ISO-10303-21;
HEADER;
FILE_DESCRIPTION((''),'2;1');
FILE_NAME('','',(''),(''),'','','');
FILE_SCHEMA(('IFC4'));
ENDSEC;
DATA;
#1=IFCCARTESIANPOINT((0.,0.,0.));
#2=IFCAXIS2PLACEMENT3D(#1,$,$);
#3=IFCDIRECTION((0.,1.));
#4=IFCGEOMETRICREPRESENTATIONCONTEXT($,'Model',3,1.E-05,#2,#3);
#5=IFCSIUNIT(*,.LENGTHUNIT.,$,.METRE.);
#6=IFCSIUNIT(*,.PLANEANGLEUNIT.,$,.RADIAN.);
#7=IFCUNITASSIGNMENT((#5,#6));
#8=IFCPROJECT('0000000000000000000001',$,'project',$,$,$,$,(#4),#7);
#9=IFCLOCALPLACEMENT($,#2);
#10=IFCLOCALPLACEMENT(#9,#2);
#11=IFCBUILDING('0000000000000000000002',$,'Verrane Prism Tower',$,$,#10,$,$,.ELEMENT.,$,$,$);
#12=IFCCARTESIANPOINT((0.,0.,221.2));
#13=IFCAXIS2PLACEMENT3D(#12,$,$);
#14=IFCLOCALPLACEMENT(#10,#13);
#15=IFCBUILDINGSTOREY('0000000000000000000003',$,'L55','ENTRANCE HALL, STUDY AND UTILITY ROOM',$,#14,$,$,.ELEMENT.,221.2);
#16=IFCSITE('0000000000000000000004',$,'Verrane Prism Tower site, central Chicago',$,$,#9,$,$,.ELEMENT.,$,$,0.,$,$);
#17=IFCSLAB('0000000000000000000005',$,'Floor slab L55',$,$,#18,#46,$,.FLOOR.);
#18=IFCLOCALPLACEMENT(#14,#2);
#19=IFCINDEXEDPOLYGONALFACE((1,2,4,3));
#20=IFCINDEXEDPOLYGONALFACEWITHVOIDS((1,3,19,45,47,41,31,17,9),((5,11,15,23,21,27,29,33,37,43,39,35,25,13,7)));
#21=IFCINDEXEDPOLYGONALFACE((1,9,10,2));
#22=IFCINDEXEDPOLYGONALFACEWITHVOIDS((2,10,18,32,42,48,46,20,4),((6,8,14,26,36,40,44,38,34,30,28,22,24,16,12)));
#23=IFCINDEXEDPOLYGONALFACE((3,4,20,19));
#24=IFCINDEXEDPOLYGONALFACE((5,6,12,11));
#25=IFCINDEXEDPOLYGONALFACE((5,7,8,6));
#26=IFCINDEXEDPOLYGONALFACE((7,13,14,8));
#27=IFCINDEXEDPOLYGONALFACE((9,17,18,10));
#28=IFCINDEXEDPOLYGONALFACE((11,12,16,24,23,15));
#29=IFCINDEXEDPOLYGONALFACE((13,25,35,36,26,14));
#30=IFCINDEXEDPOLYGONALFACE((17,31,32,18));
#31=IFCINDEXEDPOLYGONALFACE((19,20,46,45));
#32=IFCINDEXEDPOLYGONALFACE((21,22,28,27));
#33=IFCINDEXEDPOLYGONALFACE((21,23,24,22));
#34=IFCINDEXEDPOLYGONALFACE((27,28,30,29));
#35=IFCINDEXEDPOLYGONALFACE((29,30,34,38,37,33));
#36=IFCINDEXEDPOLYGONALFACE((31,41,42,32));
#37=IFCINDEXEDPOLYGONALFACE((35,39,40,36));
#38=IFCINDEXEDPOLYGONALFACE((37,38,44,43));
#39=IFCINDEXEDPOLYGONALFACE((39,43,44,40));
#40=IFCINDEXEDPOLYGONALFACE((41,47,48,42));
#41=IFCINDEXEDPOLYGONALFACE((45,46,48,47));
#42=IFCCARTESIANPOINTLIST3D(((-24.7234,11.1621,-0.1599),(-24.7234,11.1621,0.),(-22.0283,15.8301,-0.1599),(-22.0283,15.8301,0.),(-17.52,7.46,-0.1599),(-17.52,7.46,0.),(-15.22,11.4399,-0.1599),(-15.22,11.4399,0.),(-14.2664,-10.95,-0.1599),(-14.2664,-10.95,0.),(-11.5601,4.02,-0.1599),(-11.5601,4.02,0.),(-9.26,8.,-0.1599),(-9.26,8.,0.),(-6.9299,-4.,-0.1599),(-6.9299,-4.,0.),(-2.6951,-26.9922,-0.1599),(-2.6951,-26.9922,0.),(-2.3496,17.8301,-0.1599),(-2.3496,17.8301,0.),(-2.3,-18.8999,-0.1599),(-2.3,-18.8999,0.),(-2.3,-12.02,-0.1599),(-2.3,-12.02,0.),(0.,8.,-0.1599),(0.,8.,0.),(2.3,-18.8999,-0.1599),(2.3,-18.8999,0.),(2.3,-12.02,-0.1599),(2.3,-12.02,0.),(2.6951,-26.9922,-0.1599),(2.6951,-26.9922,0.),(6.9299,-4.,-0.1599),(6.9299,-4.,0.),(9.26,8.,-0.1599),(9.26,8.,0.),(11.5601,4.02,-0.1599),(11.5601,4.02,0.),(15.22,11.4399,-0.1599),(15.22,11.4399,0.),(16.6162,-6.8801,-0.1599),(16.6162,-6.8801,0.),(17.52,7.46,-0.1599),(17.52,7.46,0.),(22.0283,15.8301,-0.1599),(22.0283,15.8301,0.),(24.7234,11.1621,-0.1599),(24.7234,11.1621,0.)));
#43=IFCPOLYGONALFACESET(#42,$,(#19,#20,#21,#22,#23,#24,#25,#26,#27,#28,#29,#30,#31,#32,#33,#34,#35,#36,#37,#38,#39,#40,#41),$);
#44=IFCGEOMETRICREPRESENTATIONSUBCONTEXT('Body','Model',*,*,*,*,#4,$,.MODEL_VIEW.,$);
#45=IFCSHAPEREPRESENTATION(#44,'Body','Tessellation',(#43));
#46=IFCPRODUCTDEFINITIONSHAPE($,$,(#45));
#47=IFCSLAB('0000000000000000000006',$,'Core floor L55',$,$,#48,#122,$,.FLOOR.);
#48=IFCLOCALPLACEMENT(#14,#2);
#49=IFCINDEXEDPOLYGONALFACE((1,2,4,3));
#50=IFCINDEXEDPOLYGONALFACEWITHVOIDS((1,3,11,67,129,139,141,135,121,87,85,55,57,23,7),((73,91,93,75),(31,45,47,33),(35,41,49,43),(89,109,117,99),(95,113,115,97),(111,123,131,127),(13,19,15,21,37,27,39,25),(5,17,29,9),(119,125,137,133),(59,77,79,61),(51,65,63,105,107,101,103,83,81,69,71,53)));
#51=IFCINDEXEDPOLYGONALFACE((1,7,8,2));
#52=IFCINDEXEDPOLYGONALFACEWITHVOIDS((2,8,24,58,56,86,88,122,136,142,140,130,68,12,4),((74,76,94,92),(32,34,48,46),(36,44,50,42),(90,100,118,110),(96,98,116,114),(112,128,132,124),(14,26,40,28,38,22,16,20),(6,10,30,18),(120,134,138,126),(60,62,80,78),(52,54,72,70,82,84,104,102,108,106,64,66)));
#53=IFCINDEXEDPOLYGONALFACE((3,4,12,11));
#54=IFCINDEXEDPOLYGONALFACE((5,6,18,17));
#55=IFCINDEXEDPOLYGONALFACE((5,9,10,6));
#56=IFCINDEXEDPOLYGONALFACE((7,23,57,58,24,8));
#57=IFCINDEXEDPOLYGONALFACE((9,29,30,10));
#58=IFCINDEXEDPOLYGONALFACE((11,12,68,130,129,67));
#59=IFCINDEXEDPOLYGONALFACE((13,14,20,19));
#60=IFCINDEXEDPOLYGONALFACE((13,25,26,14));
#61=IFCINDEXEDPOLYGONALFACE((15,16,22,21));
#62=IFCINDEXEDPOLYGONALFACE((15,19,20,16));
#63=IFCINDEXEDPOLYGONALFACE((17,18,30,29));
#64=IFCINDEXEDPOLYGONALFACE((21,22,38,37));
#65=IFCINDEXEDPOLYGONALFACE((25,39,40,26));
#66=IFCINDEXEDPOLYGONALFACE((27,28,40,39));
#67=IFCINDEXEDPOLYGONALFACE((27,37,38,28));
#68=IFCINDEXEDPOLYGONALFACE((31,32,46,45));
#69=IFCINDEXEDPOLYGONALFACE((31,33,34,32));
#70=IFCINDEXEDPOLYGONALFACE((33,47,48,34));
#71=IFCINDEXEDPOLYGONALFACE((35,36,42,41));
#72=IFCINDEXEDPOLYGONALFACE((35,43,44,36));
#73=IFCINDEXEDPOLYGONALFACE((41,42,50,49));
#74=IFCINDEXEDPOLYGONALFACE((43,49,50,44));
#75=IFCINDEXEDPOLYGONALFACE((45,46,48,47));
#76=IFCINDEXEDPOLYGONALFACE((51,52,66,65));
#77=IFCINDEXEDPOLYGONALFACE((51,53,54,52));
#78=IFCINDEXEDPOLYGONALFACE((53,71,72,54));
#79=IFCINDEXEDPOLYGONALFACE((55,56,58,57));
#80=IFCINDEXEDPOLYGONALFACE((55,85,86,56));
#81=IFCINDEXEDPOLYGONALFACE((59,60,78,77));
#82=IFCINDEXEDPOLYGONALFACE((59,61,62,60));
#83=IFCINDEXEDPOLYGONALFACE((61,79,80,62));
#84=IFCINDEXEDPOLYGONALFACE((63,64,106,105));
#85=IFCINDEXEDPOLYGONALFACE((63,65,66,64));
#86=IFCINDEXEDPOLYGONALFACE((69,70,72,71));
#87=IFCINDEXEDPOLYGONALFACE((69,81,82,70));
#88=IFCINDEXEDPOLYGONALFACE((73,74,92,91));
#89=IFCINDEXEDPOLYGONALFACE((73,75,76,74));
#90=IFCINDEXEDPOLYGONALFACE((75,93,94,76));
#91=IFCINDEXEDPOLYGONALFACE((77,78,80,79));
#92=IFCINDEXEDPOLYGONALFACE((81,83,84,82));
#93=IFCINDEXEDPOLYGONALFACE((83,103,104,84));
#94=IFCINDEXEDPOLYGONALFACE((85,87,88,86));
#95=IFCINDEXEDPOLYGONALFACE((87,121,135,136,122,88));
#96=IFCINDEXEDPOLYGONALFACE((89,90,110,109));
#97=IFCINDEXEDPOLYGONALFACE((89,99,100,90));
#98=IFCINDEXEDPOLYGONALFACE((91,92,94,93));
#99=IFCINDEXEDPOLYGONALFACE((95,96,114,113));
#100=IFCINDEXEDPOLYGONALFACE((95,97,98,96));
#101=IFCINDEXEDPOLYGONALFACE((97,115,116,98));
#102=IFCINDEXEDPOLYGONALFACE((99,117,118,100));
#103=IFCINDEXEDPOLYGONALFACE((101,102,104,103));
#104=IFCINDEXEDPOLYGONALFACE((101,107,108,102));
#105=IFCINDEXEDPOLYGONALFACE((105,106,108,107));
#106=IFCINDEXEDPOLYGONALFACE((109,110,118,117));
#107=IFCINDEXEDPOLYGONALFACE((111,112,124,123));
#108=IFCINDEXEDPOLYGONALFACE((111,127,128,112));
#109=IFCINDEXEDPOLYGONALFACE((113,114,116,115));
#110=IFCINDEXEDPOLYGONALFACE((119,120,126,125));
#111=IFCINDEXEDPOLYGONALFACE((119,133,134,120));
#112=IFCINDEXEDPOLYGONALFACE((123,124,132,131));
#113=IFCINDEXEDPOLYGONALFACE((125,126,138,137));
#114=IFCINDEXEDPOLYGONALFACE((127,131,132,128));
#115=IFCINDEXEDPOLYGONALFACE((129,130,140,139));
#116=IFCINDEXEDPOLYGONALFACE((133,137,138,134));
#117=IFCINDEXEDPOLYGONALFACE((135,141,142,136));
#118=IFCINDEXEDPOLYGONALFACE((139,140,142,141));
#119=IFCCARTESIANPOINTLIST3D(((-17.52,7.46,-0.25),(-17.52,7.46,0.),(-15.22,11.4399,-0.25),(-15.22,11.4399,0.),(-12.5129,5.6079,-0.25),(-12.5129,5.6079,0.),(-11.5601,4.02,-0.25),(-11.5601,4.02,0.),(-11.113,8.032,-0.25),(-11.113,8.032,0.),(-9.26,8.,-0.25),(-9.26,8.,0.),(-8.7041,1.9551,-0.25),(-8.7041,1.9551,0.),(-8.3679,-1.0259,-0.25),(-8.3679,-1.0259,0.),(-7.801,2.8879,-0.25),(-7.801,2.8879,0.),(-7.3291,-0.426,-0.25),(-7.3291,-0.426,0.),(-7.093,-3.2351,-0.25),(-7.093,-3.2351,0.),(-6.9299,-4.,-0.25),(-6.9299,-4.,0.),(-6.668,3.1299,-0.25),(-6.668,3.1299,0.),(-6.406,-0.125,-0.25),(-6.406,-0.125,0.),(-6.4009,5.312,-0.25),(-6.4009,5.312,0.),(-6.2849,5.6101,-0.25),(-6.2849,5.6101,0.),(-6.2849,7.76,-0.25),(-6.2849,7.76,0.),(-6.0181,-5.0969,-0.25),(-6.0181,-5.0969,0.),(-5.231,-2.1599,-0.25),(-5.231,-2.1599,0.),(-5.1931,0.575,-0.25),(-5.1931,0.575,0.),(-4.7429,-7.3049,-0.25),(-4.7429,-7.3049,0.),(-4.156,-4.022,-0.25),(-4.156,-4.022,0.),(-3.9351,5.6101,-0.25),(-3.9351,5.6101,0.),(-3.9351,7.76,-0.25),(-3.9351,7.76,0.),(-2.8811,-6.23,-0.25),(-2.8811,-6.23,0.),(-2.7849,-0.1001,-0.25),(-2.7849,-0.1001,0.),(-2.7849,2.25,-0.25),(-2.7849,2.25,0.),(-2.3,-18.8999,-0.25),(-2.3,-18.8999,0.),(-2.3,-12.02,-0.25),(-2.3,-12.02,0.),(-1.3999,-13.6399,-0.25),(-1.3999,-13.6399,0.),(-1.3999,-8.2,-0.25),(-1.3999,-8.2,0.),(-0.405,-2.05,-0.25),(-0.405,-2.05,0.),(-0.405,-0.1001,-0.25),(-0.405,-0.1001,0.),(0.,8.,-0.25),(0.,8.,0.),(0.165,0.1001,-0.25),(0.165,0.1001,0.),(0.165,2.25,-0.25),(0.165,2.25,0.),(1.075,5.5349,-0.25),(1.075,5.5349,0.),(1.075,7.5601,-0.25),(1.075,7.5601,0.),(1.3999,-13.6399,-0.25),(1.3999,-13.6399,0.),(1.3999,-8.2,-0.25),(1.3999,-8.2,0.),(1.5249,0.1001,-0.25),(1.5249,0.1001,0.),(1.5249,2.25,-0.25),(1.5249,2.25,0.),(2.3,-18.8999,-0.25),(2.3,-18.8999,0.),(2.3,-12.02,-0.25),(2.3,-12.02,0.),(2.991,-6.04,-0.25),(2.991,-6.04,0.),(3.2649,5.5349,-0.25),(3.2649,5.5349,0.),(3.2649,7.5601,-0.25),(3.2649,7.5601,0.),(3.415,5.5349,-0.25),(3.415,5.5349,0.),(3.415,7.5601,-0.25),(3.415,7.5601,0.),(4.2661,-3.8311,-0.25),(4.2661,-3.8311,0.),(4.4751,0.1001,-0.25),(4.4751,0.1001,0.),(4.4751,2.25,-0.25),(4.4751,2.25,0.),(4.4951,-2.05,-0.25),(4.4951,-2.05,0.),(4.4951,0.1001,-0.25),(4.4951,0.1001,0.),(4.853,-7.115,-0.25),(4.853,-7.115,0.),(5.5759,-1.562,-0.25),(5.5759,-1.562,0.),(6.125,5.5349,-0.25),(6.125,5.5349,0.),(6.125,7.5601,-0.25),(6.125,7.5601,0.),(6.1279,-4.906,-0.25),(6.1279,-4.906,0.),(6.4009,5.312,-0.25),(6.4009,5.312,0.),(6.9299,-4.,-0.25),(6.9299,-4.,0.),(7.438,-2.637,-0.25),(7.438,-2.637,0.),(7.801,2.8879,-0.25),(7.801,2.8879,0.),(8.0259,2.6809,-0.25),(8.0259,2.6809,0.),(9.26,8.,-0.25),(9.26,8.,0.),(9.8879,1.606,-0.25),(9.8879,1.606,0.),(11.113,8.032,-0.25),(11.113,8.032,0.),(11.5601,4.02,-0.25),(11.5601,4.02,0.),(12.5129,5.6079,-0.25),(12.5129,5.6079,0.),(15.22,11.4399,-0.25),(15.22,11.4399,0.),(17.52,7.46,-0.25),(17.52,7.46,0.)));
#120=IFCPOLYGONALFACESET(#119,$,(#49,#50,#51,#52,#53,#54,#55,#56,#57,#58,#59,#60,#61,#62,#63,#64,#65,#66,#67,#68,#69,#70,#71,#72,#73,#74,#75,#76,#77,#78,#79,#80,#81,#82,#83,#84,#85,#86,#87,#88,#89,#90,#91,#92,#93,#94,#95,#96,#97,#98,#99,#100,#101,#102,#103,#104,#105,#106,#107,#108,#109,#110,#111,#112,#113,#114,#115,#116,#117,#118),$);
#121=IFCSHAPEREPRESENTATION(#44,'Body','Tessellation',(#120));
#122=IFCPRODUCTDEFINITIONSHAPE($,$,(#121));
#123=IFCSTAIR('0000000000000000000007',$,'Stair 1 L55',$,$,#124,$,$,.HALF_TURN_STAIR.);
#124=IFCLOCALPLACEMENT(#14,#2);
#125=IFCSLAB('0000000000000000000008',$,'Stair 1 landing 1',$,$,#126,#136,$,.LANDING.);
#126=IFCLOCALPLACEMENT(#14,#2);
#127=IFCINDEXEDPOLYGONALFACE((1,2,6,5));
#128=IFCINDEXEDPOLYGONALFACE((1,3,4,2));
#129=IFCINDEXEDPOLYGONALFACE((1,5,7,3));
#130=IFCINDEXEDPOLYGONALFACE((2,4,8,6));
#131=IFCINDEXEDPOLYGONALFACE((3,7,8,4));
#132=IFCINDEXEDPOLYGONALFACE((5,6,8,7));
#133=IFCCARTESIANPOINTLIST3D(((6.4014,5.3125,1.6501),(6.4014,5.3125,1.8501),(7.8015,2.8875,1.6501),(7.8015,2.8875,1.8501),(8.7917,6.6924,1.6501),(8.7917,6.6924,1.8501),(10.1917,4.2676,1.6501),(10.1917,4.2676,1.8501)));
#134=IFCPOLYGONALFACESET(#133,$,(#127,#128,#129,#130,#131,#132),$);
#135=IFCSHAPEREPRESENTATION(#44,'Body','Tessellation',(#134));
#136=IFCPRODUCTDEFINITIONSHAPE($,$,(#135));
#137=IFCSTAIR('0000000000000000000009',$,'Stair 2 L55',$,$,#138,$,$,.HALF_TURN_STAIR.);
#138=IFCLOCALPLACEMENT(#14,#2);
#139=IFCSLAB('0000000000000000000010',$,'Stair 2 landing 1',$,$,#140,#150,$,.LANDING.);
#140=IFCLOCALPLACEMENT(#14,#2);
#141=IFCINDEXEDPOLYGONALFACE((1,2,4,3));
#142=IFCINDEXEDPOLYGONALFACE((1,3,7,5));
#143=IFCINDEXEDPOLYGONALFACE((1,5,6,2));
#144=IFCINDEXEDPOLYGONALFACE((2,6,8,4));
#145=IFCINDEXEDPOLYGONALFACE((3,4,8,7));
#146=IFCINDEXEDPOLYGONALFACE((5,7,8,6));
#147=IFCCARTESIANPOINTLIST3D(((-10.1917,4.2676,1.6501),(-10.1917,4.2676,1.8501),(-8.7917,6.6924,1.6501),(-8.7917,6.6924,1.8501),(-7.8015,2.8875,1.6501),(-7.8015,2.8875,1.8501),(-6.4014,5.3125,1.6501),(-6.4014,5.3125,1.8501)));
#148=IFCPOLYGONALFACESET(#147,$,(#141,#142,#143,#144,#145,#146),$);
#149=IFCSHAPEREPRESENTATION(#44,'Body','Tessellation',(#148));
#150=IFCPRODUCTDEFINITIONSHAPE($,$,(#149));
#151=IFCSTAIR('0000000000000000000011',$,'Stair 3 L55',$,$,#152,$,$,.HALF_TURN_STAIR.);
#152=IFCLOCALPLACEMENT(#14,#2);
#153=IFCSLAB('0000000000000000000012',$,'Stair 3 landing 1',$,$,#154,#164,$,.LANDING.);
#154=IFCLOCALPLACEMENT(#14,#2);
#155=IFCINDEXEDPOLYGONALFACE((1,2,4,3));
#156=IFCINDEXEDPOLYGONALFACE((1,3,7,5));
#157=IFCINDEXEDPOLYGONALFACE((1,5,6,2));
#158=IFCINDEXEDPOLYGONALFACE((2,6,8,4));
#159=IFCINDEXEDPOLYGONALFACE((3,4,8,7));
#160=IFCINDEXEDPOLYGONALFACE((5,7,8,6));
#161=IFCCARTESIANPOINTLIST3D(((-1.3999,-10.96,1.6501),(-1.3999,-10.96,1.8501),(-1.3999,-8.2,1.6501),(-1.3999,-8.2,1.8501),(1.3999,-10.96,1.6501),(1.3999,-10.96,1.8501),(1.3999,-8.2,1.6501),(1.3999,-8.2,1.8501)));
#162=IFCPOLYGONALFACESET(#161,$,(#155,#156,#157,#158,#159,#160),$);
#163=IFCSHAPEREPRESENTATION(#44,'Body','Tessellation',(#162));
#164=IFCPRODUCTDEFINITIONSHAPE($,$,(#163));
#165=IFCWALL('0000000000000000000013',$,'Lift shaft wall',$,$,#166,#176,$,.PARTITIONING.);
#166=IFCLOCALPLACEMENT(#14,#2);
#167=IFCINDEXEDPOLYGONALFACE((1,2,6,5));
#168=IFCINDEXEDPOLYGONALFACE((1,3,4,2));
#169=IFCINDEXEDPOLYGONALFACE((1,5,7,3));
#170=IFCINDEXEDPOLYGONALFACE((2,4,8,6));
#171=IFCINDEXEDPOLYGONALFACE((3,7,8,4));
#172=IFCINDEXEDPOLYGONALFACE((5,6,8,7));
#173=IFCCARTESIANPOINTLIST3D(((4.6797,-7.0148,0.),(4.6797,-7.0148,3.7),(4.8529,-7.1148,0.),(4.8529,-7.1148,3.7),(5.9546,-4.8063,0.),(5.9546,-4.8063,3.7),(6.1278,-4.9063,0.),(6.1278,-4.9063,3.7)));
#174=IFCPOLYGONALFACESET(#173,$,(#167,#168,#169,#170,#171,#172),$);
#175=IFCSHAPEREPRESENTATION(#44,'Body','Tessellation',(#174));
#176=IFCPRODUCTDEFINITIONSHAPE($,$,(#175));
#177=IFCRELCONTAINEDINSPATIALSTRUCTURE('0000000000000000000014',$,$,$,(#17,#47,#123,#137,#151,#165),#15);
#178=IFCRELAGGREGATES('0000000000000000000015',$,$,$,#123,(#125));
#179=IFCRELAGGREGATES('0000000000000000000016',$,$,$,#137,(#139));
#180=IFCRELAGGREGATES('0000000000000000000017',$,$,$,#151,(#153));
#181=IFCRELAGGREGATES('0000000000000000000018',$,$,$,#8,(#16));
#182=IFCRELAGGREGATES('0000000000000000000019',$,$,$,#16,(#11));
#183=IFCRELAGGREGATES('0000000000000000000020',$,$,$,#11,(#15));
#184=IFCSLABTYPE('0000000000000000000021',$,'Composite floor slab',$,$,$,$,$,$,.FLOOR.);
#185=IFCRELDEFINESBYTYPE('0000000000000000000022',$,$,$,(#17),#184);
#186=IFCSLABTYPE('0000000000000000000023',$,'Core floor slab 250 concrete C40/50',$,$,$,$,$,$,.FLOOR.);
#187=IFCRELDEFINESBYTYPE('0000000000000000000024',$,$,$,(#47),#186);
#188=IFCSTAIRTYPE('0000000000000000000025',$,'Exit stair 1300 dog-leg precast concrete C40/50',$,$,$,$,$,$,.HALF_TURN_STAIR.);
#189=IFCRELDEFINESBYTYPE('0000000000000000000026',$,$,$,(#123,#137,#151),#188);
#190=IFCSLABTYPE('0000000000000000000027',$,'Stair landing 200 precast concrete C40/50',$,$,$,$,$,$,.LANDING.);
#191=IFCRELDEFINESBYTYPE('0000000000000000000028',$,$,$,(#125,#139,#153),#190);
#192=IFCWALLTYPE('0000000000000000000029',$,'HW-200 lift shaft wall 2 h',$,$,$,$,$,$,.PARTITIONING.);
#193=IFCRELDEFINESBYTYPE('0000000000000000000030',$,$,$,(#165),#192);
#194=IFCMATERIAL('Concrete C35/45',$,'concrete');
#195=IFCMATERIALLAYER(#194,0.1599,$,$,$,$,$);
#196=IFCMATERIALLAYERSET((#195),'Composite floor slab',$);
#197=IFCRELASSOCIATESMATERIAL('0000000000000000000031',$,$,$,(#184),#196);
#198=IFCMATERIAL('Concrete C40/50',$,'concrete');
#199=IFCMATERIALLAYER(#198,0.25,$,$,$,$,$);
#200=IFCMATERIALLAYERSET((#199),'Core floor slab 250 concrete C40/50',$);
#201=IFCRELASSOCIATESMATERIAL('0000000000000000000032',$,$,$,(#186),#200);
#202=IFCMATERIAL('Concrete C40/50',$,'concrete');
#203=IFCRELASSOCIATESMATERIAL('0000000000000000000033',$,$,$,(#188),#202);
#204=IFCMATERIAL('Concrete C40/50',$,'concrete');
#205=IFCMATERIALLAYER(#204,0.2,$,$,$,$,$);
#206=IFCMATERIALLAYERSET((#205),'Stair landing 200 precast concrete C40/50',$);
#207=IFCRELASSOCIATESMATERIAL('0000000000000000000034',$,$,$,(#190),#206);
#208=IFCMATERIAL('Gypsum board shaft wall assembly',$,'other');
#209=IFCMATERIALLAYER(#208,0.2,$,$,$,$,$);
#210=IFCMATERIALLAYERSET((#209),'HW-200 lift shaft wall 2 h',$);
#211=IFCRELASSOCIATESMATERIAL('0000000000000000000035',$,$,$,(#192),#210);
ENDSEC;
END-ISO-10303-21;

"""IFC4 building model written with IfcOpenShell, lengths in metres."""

from ifc_helpers import new_model, si_unit, direction, frame, frame_2d, origin, place, context, subcontext, project, spatial, polyline, rectangle, outline, extrude, material, layer, layer_set, type_object, element, aggregate, save


model = new_model("IFC4")

# Units and contexts
model_context = context("Model", 3, precision=1e-05, world=origin(), true_north=direction((0.0, 1.0)))
body_context = subcontext(model_context, "Body", "Model", "MODEL_VIEW")
ifc_project = project(units=[si_unit("LENGTHUNIT", "METRE"), si_unit("PLANEANGLEUNIT", "RADIAN")], contexts=[model_context])

# Site, building, storey
site_placement = place(None, origin())
site = spatial("IfcSite", under=ifc_project, at=site_placement, Name="Verrane Prism Tower site, central Chicago", CompositionType="ELEMENT", RefElevation=0.0)
building_placement = place(site_placement, origin())
building = spatial("IfcBuilding", under=site, at=building_placement, Name="Verrane Prism Tower", CompositionType="ELEMENT")
storey_placement = place(building_placement, frame((0.0, 0.0, 221.2)))
storey = spatial("IfcBuildingStorey", under=building, at=storey_placement, Name="L55", Description="ENTRANCE HALL, STUDY AND UTILITY ROOM", CompositionType="ELEMENT", Elevation=221.2)

# Slabs
ifc_material_1 = material(Name="Concrete C35/45", Category="concrete")
ifc_layer_1 = layer(ifc_material_1, 0.1599)
ifc_layer_set_1 = layer_set([ifc_layer_1], Name="Composite floor slab")
slab_type_1 = type_object("IfcSlabType", Name="Composite floor slab", PredefinedType="FLOOR", material=ifc_layer_set_1)
slab_1_placement = place(storey_placement, frame((0.0, 0.0, -0.1599)))
element("IfcSlab", 1, at=slab_1_placement, inside=storey, type_object=slab_type_1, Name="Floor slab L55", PredefinedType="FLOOR", context=body_context, shape_type="SweptSolid", body=[
    extrude(outline(polyline([(16.6162, -6.8801), (2.6951, -26.9922), (-2.6951, -26.9922), (-14.2664, -10.95), (-24.7234, 11.1621), (-22.0283, 15.8301), (-2.3496, 17.8301), (22.0283, 15.8301), (24.7234, 11.1621), (16.6162, -6.8801)]), holes=[polyline([(17.52, 7.46), (15.22, 11.4399), (9.26, 8.0), (0.0, 8.0), (-9.26, 8.0), (-15.22, 11.4399), (-17.52, 7.46), (-11.5601, 4.02), (-6.9299, -4.0), (-2.3, -12.02), (-2.3, -18.8999), (2.3, -18.8999), (2.3, -12.02), (6.9299, -4.0), (11.5601, 4.02), (17.52, 7.46)])]), origin(), (0.0, 0.0, 1.0), 0.1599),
])
ifc_material_2 = material(Name="Concrete C40/50", Category="concrete")
ifc_layer_2 = layer(ifc_material_2, 0.25)
ifc_layer_set_2 = layer_set([ifc_layer_2], Name="Core floor slab 250 concrete C40/50")
slab_type_2 = type_object("IfcSlabType", Name="Core floor slab 250 concrete C40/50", PredefinedType="FLOOR", material=ifc_layer_set_2)
slab_2_placement = place(storey_placement, frame((0.0, 0.0, -0.25)))
element("IfcSlab", 2, at=slab_2_placement, inside=storey, type_object=slab_type_2, Name="Core floor L55", PredefinedType="FLOOR", context=body_context, shape_type="SweptSolid", body=[
    extrude(outline(polyline([(11.5601, 4.02), (17.52, 7.46), (15.22, 11.4399), (9.26, 8.0), (0.0, 8.0), (-9.26, 8.0), (-15.22, 11.4399), (-17.52, 7.46), (-11.5601, 4.02), (-6.9299, -4.0), (-2.3, -12.02), (-2.3, -18.8999), (2.3, -18.8999), (2.3, -12.02), (6.9299, -4.0), (11.5601, 4.02)]), holes=[polyline([(1.3999, -8.2), (1.3999, -13.6399), (-1.3999, -13.6399), (-1.3999, -8.2), (1.3999, -8.2)]), polyline([(-2.8811, -6.23), (-4.7429, -7.3049), (-6.0181, -5.0969), (-4.156, -4.022), (-2.8811, -6.23)]), polyline([(-7.801, 2.8879), (-12.5129, 5.6079), (-11.113, 8.032), (-6.4009, 5.312), (-7.801, 2.8879)]), polyline([(-6.2849, 5.6101), (-6.2849, 7.76), (-3.9351, 7.76), (-3.9351, 5.6101), (-6.2849, 5.6101)]), polyline([(4.2661, -3.8311), (6.1279, -4.906), (4.853, -7.115), (2.991, -6.04), (4.2661, -3.8311)]), polyline([(7.438, -2.637), (5.5759, -1.562), (8.0259, 2.6809), (9.8879, 1.606), (7.438, -2.637)]), polyline([(0.165, 0.1001), (1.5249, 0.1001), (1.5249, 2.25), (4.4751, 2.25), (4.4751, 0.1001), (4.4951, 0.1001), (4.4951, -2.05), (-0.405, -2.05), (-0.405, -0.1001), (-2.7849, -0.1001), (-2.7849, 2.25), (0.165, 2.25), (0.165, 0.1001)]), polyline([(6.4009, 5.312), (11.113, 8.032), (12.5129, 5.6079), (7.801, 2.8879), (6.4009, 5.312)]), polyline([(1.075, 5.5349), (1.075, 7.5601), (3.2649, 7.5601), (3.2649, 5.5349), (1.075, 5.5349)]), polyline([(3.415, 7.5601), (6.125, 7.5601), (6.125, 5.5349), (3.415, 5.5349), (3.415, 7.5601)]), polyline([(-5.231, -2.1599), (-7.093, -3.2351), (-8.3679, -1.0259), (-7.3291, -0.426), (-8.7041, 1.9551), (-6.668, 3.1299), (-5.1931, 0.575), (-6.406, -0.125), (-5.231, -2.1599)])]), origin(), (0.0, 0.0, 1.0), 0.25),
])

# Stairs, slabs
ifc_material_3 = material(Name="Concrete C40/50", Category="concrete")
stair_type = type_object("IfcStairType", Name="Exit stair 1300 dog-leg precast concrete C40/50", PredefinedType="HALF_TURN_STAIR", material=ifc_material_3)
stair_1_placement = place(storey_placement, origin())
stair_1 = element("IfcStair", 3, at=stair_1_placement, inside=storey, type_object=stair_type, Name="Stair 1 L55", PredefinedType="HALF_TURN_STAIR")
ifc_material_4 = material(Name="Concrete C40/50", Category="concrete")
ifc_layer_3 = layer(ifc_material_4, 0.2)
ifc_layer_set_3 = layer_set([ifc_layer_3], Name="Stair landing 200 precast concrete C40/50")
slab_type_3 = type_object("IfcSlabType", Name="Stair landing 200 precast concrete C40/50", PredefinedType="LANDING", material=ifc_layer_set_3)
slab_3_placement = place(storey_placement, frame((0.0, 0.0, 1.6501)))
slab_3 = element("IfcSlab", 4, at=slab_3_placement, type_object=slab_type_3, Name="Stair 1 landing 1", PredefinedType="LANDING", context=body_context, shape_type="SweptSolid", body=[
    extrude(outline(polyline([(8.7917, 6.6924), (6.4014, 5.3125), (7.8015, 2.8875), (10.1917, 4.2676), (8.7917, 6.6924)])), origin(), (0.0, 0.0, 1.0), 0.2),
])
aggregate(stair_1, [slab_3])
stair_2_placement = place(storey_placement, origin())
stair_2 = element("IfcStair", 5, at=stair_2_placement, inside=storey, type_object=stair_type, Name="Stair 2 L55", PredefinedType="HALF_TURN_STAIR")
slab_4_placement = place(storey_placement, frame((0.0, 0.0, 1.6501)))
slab_4 = element("IfcSlab", 6, at=slab_4_placement, type_object=slab_type_3, Name="Stair 2 landing 1", PredefinedType="LANDING", context=body_context, shape_type="SweptSolid", body=[
    extrude(outline(polyline([(-10.1917, 4.2676), (-7.8015, 2.8875), (-6.4014, 5.3125), (-8.7917, 6.6924), (-10.1917, 4.2676)])), origin(), (0.0, 0.0, 1.0), 0.2),
])
aggregate(stair_2, [slab_4])
stair_3_placement = place(storey_placement, origin())
stair_3 = element("IfcStair", 7, at=stair_3_placement, inside=storey, type_object=stair_type, Name="Stair 3 L55", PredefinedType="HALF_TURN_STAIR")
slab_5_placement = place(storey_placement, frame((0.0, 0.0, 1.6501)))
slab_5 = element("IfcSlab", 8, at=slab_5_placement, type_object=slab_type_3, Name="Stair 3 landing 1", PredefinedType="LANDING", context=body_context, shape_type="SweptSolid", body=[
    extrude(outline(polyline([(1.3999, -10.96), (1.3999, -8.2), (-1.3999, -8.2), (-1.3999, -10.96), (1.3999, -10.96)])), origin(), (0.0, 0.0, 1.0), 0.2),
])
aggregate(stair_3, [slab_5])

# Wall
ifc_material_5 = material(Name="Gypsum board shaft wall assembly", Category="other")
ifc_layer_4 = layer(ifc_material_5, 0.2)
ifc_layer_set_4 = layer_set([ifc_layer_4], Name="HW-200 lift shaft wall 2 h")
wall_type = type_object("IfcWallType", Name="HW-200 lift shaft wall 2 h", PredefinedType="PARTITIONING", material=ifc_layer_set_4)
wall_1_placement = place(storey_placement, frame((4.7664, -7.0647, 0.0), z_axis=(0.0, 0.0, 1.0), x_axis=(0.499949, 0.866055, 0.0)))
element("IfcWall", 9, at=wall_1_placement, inside=storey, type_object=wall_type, Name="Lift shaft wall", PredefinedType="PARTITIONING", context=body_context, shape_type="SweptSolid", body=[
    extrude(rectangle(XDim=2.55, YDim=0.2, at=frame_2d((1.2749, 0.0))), origin(), (0.0, 0.0, 1.0), 3.7),
])

save(model, "model.ifc")
